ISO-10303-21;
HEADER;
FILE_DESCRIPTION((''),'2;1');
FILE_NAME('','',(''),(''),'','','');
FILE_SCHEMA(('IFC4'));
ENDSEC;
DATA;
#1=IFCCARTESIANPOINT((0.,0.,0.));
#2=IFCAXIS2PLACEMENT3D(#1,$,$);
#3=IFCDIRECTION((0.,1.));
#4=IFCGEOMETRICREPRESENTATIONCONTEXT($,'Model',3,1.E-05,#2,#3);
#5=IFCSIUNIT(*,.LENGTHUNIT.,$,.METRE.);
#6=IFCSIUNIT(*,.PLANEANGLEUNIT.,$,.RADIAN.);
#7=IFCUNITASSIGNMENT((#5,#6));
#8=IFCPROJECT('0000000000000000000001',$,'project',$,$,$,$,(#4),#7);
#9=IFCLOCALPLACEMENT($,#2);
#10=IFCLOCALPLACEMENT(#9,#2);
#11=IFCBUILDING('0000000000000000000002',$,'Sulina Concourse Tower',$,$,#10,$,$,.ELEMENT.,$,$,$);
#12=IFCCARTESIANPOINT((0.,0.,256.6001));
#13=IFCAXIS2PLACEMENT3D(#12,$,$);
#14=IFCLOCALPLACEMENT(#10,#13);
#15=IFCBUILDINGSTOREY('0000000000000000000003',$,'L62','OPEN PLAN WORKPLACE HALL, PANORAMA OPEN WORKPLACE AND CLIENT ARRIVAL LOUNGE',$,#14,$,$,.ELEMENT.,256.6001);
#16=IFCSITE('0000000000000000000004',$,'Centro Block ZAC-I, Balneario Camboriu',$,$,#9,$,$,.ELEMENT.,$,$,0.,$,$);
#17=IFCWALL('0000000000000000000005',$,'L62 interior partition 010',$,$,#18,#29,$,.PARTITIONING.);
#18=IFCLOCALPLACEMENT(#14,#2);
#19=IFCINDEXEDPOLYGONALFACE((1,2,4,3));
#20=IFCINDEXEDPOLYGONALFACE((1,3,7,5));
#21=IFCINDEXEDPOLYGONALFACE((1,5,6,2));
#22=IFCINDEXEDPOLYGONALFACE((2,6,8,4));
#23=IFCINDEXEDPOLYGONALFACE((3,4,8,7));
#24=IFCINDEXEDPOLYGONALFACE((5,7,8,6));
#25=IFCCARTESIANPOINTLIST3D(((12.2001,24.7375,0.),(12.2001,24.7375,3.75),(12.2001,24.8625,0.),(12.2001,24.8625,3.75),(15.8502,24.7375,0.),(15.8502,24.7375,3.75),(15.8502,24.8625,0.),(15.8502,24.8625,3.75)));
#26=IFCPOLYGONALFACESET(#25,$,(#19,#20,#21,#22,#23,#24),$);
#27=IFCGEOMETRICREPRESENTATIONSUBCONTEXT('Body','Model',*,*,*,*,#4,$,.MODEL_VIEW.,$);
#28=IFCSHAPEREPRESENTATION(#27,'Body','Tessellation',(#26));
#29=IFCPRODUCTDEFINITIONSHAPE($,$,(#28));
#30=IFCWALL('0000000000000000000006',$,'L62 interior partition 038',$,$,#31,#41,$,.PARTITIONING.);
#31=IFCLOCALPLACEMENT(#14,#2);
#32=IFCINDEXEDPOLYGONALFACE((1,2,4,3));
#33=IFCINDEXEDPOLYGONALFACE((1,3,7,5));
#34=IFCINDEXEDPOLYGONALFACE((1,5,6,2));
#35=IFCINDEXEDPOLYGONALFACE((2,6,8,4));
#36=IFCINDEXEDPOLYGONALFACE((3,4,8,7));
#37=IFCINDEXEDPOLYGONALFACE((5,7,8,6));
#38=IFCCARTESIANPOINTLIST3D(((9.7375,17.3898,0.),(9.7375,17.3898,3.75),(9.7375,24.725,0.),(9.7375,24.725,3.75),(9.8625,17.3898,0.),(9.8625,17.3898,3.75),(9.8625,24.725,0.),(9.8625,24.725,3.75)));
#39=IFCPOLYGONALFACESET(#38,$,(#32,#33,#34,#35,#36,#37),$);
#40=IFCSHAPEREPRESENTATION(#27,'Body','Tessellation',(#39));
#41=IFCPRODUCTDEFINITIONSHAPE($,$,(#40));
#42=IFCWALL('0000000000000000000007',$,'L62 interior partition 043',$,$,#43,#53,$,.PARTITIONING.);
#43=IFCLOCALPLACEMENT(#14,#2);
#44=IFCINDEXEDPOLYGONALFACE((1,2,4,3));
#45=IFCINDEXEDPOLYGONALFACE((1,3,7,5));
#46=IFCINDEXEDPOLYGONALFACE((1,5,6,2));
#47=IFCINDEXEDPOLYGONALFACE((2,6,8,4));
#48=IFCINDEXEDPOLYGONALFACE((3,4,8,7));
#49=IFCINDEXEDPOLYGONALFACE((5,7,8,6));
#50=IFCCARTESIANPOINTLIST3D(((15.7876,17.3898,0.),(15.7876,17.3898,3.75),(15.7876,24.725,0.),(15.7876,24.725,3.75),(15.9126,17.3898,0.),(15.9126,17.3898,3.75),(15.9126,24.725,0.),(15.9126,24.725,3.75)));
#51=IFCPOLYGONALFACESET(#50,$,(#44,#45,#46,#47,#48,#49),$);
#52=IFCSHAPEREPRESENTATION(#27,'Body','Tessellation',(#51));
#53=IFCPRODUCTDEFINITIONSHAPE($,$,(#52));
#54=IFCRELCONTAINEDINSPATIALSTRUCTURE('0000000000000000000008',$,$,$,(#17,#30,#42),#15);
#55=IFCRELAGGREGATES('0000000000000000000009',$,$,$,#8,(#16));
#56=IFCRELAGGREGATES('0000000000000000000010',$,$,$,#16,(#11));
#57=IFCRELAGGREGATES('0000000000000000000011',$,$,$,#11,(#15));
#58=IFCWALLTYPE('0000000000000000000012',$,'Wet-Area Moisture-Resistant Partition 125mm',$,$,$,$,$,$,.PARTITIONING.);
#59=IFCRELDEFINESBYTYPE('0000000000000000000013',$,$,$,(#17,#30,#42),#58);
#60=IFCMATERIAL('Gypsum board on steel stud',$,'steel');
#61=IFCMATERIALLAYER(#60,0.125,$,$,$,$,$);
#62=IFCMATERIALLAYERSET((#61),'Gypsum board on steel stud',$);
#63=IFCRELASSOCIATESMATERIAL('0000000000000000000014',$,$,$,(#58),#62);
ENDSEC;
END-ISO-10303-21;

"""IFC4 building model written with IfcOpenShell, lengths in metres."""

from ifc_helpers import new_model, si_unit, direction, frame, frame_2d, origin, place, context, subcontext, project, spatial, rectangle, extrude, material, layer, layer_set, type_object, element, save


model = new_model("IFC4")

# Units and contexts
model_context = context("Model", 3, precision=1e-05, world=origin(), true_north=direction((0.0, 1.0)))
body_context = subcontext(model_context, "Body", "Model", "MODEL_VIEW")
ifc_project = project(units=[si_unit("LENGTHUNIT", "METRE"), si_unit("PLANEANGLEUNIT", "RADIAN")], contexts=[model_context])

# Site, building, storey
site_placement = place(None, origin())
site = spatial("IfcSite", under=ifc_project, at=site_placement, Name="Centro Block ZAC-I, Balneario Camboriu", CompositionType="ELEMENT", RefElevation=0.0)
building_placement = place(site_placement, origin())
building = spatial("IfcBuilding", under=site, at=building_placement, Name="Sulina Concourse Tower", CompositionType="ELEMENT")
storey_placement = place(building_placement, frame((0.0, 0.0, 256.6001)))
storey = spatial("IfcBuildingStorey", under=building, at=storey_placement, Name="L62", Description="OPEN PLAN WORKPLACE HALL, PANORAMA OPEN WORKPLACE AND CLIENT ARRIVAL LOUNGE", CompositionType="ELEMENT", Elevation=256.6001)

# Shared definitions
ifc_material_1 = material(Name="Gypsum board on steel stud", Category="steel")
ifc_layer_1 = layer(ifc_material_1, 0.125)
ifc_layer_set_1 = layer_set([ifc_layer_1], Name="Gypsum board on steel stud")
wall_type_1 = type_object("IfcWallType", Name="Wet-Area Moisture-Resistant Partition 125mm", PredefinedType="PARTITIONING", material=ifc_layer_set_1)

# Walls
wall_1_placement = place(storey_placement, frame((12.2, 24.8, 0.0), z_axis=(0.0, 0.0, 1.0), x_axis=(1.0, 0.0, 0.0)))
element("IfcWall", 1, at=wall_1_placement, inside=storey, type_object=wall_type_1, Name="L62 interior partition 010", PredefinedType="PARTITIONING", context=body_context, shape_type="SweptSolid", body=[
    extrude(rectangle(XDim=3.6501, YDim=0.125, at=frame_2d((1.8252, 0.0))), origin(), (0.0, 0.0, 1.0), 3.75),
])
for number, where, z_axis, x_axis, name in (
    (2, (9.8, 17.3899, 0.0), (0.0, 0.0, 1.0), (0.0, 1.0, 0.0), "L62 interior partition 038"),
    (3, (15.8501, 17.3899, 0.0), (0.0, 0.0, 1.0), (0.0, 1.0, 0.0), "L62 interior partition 043"),
):
    element("IfcWall", number, at=place(storey_placement, frame(where, z_axis=z_axis, x_axis=x_axis)), inside=storey, type_object=wall_type_1, Name=name, PredefinedType="PARTITIONING", context=body_context, shape_type="SweptSolid", body=[
        extrude(rectangle(XDim=7.3352, YDim=0.125, at=frame_2d((3.6675, 0.0))), origin(), (0.0, 0.0, 1.0), 3.75),
    ])

save(model, "model.ifc")
